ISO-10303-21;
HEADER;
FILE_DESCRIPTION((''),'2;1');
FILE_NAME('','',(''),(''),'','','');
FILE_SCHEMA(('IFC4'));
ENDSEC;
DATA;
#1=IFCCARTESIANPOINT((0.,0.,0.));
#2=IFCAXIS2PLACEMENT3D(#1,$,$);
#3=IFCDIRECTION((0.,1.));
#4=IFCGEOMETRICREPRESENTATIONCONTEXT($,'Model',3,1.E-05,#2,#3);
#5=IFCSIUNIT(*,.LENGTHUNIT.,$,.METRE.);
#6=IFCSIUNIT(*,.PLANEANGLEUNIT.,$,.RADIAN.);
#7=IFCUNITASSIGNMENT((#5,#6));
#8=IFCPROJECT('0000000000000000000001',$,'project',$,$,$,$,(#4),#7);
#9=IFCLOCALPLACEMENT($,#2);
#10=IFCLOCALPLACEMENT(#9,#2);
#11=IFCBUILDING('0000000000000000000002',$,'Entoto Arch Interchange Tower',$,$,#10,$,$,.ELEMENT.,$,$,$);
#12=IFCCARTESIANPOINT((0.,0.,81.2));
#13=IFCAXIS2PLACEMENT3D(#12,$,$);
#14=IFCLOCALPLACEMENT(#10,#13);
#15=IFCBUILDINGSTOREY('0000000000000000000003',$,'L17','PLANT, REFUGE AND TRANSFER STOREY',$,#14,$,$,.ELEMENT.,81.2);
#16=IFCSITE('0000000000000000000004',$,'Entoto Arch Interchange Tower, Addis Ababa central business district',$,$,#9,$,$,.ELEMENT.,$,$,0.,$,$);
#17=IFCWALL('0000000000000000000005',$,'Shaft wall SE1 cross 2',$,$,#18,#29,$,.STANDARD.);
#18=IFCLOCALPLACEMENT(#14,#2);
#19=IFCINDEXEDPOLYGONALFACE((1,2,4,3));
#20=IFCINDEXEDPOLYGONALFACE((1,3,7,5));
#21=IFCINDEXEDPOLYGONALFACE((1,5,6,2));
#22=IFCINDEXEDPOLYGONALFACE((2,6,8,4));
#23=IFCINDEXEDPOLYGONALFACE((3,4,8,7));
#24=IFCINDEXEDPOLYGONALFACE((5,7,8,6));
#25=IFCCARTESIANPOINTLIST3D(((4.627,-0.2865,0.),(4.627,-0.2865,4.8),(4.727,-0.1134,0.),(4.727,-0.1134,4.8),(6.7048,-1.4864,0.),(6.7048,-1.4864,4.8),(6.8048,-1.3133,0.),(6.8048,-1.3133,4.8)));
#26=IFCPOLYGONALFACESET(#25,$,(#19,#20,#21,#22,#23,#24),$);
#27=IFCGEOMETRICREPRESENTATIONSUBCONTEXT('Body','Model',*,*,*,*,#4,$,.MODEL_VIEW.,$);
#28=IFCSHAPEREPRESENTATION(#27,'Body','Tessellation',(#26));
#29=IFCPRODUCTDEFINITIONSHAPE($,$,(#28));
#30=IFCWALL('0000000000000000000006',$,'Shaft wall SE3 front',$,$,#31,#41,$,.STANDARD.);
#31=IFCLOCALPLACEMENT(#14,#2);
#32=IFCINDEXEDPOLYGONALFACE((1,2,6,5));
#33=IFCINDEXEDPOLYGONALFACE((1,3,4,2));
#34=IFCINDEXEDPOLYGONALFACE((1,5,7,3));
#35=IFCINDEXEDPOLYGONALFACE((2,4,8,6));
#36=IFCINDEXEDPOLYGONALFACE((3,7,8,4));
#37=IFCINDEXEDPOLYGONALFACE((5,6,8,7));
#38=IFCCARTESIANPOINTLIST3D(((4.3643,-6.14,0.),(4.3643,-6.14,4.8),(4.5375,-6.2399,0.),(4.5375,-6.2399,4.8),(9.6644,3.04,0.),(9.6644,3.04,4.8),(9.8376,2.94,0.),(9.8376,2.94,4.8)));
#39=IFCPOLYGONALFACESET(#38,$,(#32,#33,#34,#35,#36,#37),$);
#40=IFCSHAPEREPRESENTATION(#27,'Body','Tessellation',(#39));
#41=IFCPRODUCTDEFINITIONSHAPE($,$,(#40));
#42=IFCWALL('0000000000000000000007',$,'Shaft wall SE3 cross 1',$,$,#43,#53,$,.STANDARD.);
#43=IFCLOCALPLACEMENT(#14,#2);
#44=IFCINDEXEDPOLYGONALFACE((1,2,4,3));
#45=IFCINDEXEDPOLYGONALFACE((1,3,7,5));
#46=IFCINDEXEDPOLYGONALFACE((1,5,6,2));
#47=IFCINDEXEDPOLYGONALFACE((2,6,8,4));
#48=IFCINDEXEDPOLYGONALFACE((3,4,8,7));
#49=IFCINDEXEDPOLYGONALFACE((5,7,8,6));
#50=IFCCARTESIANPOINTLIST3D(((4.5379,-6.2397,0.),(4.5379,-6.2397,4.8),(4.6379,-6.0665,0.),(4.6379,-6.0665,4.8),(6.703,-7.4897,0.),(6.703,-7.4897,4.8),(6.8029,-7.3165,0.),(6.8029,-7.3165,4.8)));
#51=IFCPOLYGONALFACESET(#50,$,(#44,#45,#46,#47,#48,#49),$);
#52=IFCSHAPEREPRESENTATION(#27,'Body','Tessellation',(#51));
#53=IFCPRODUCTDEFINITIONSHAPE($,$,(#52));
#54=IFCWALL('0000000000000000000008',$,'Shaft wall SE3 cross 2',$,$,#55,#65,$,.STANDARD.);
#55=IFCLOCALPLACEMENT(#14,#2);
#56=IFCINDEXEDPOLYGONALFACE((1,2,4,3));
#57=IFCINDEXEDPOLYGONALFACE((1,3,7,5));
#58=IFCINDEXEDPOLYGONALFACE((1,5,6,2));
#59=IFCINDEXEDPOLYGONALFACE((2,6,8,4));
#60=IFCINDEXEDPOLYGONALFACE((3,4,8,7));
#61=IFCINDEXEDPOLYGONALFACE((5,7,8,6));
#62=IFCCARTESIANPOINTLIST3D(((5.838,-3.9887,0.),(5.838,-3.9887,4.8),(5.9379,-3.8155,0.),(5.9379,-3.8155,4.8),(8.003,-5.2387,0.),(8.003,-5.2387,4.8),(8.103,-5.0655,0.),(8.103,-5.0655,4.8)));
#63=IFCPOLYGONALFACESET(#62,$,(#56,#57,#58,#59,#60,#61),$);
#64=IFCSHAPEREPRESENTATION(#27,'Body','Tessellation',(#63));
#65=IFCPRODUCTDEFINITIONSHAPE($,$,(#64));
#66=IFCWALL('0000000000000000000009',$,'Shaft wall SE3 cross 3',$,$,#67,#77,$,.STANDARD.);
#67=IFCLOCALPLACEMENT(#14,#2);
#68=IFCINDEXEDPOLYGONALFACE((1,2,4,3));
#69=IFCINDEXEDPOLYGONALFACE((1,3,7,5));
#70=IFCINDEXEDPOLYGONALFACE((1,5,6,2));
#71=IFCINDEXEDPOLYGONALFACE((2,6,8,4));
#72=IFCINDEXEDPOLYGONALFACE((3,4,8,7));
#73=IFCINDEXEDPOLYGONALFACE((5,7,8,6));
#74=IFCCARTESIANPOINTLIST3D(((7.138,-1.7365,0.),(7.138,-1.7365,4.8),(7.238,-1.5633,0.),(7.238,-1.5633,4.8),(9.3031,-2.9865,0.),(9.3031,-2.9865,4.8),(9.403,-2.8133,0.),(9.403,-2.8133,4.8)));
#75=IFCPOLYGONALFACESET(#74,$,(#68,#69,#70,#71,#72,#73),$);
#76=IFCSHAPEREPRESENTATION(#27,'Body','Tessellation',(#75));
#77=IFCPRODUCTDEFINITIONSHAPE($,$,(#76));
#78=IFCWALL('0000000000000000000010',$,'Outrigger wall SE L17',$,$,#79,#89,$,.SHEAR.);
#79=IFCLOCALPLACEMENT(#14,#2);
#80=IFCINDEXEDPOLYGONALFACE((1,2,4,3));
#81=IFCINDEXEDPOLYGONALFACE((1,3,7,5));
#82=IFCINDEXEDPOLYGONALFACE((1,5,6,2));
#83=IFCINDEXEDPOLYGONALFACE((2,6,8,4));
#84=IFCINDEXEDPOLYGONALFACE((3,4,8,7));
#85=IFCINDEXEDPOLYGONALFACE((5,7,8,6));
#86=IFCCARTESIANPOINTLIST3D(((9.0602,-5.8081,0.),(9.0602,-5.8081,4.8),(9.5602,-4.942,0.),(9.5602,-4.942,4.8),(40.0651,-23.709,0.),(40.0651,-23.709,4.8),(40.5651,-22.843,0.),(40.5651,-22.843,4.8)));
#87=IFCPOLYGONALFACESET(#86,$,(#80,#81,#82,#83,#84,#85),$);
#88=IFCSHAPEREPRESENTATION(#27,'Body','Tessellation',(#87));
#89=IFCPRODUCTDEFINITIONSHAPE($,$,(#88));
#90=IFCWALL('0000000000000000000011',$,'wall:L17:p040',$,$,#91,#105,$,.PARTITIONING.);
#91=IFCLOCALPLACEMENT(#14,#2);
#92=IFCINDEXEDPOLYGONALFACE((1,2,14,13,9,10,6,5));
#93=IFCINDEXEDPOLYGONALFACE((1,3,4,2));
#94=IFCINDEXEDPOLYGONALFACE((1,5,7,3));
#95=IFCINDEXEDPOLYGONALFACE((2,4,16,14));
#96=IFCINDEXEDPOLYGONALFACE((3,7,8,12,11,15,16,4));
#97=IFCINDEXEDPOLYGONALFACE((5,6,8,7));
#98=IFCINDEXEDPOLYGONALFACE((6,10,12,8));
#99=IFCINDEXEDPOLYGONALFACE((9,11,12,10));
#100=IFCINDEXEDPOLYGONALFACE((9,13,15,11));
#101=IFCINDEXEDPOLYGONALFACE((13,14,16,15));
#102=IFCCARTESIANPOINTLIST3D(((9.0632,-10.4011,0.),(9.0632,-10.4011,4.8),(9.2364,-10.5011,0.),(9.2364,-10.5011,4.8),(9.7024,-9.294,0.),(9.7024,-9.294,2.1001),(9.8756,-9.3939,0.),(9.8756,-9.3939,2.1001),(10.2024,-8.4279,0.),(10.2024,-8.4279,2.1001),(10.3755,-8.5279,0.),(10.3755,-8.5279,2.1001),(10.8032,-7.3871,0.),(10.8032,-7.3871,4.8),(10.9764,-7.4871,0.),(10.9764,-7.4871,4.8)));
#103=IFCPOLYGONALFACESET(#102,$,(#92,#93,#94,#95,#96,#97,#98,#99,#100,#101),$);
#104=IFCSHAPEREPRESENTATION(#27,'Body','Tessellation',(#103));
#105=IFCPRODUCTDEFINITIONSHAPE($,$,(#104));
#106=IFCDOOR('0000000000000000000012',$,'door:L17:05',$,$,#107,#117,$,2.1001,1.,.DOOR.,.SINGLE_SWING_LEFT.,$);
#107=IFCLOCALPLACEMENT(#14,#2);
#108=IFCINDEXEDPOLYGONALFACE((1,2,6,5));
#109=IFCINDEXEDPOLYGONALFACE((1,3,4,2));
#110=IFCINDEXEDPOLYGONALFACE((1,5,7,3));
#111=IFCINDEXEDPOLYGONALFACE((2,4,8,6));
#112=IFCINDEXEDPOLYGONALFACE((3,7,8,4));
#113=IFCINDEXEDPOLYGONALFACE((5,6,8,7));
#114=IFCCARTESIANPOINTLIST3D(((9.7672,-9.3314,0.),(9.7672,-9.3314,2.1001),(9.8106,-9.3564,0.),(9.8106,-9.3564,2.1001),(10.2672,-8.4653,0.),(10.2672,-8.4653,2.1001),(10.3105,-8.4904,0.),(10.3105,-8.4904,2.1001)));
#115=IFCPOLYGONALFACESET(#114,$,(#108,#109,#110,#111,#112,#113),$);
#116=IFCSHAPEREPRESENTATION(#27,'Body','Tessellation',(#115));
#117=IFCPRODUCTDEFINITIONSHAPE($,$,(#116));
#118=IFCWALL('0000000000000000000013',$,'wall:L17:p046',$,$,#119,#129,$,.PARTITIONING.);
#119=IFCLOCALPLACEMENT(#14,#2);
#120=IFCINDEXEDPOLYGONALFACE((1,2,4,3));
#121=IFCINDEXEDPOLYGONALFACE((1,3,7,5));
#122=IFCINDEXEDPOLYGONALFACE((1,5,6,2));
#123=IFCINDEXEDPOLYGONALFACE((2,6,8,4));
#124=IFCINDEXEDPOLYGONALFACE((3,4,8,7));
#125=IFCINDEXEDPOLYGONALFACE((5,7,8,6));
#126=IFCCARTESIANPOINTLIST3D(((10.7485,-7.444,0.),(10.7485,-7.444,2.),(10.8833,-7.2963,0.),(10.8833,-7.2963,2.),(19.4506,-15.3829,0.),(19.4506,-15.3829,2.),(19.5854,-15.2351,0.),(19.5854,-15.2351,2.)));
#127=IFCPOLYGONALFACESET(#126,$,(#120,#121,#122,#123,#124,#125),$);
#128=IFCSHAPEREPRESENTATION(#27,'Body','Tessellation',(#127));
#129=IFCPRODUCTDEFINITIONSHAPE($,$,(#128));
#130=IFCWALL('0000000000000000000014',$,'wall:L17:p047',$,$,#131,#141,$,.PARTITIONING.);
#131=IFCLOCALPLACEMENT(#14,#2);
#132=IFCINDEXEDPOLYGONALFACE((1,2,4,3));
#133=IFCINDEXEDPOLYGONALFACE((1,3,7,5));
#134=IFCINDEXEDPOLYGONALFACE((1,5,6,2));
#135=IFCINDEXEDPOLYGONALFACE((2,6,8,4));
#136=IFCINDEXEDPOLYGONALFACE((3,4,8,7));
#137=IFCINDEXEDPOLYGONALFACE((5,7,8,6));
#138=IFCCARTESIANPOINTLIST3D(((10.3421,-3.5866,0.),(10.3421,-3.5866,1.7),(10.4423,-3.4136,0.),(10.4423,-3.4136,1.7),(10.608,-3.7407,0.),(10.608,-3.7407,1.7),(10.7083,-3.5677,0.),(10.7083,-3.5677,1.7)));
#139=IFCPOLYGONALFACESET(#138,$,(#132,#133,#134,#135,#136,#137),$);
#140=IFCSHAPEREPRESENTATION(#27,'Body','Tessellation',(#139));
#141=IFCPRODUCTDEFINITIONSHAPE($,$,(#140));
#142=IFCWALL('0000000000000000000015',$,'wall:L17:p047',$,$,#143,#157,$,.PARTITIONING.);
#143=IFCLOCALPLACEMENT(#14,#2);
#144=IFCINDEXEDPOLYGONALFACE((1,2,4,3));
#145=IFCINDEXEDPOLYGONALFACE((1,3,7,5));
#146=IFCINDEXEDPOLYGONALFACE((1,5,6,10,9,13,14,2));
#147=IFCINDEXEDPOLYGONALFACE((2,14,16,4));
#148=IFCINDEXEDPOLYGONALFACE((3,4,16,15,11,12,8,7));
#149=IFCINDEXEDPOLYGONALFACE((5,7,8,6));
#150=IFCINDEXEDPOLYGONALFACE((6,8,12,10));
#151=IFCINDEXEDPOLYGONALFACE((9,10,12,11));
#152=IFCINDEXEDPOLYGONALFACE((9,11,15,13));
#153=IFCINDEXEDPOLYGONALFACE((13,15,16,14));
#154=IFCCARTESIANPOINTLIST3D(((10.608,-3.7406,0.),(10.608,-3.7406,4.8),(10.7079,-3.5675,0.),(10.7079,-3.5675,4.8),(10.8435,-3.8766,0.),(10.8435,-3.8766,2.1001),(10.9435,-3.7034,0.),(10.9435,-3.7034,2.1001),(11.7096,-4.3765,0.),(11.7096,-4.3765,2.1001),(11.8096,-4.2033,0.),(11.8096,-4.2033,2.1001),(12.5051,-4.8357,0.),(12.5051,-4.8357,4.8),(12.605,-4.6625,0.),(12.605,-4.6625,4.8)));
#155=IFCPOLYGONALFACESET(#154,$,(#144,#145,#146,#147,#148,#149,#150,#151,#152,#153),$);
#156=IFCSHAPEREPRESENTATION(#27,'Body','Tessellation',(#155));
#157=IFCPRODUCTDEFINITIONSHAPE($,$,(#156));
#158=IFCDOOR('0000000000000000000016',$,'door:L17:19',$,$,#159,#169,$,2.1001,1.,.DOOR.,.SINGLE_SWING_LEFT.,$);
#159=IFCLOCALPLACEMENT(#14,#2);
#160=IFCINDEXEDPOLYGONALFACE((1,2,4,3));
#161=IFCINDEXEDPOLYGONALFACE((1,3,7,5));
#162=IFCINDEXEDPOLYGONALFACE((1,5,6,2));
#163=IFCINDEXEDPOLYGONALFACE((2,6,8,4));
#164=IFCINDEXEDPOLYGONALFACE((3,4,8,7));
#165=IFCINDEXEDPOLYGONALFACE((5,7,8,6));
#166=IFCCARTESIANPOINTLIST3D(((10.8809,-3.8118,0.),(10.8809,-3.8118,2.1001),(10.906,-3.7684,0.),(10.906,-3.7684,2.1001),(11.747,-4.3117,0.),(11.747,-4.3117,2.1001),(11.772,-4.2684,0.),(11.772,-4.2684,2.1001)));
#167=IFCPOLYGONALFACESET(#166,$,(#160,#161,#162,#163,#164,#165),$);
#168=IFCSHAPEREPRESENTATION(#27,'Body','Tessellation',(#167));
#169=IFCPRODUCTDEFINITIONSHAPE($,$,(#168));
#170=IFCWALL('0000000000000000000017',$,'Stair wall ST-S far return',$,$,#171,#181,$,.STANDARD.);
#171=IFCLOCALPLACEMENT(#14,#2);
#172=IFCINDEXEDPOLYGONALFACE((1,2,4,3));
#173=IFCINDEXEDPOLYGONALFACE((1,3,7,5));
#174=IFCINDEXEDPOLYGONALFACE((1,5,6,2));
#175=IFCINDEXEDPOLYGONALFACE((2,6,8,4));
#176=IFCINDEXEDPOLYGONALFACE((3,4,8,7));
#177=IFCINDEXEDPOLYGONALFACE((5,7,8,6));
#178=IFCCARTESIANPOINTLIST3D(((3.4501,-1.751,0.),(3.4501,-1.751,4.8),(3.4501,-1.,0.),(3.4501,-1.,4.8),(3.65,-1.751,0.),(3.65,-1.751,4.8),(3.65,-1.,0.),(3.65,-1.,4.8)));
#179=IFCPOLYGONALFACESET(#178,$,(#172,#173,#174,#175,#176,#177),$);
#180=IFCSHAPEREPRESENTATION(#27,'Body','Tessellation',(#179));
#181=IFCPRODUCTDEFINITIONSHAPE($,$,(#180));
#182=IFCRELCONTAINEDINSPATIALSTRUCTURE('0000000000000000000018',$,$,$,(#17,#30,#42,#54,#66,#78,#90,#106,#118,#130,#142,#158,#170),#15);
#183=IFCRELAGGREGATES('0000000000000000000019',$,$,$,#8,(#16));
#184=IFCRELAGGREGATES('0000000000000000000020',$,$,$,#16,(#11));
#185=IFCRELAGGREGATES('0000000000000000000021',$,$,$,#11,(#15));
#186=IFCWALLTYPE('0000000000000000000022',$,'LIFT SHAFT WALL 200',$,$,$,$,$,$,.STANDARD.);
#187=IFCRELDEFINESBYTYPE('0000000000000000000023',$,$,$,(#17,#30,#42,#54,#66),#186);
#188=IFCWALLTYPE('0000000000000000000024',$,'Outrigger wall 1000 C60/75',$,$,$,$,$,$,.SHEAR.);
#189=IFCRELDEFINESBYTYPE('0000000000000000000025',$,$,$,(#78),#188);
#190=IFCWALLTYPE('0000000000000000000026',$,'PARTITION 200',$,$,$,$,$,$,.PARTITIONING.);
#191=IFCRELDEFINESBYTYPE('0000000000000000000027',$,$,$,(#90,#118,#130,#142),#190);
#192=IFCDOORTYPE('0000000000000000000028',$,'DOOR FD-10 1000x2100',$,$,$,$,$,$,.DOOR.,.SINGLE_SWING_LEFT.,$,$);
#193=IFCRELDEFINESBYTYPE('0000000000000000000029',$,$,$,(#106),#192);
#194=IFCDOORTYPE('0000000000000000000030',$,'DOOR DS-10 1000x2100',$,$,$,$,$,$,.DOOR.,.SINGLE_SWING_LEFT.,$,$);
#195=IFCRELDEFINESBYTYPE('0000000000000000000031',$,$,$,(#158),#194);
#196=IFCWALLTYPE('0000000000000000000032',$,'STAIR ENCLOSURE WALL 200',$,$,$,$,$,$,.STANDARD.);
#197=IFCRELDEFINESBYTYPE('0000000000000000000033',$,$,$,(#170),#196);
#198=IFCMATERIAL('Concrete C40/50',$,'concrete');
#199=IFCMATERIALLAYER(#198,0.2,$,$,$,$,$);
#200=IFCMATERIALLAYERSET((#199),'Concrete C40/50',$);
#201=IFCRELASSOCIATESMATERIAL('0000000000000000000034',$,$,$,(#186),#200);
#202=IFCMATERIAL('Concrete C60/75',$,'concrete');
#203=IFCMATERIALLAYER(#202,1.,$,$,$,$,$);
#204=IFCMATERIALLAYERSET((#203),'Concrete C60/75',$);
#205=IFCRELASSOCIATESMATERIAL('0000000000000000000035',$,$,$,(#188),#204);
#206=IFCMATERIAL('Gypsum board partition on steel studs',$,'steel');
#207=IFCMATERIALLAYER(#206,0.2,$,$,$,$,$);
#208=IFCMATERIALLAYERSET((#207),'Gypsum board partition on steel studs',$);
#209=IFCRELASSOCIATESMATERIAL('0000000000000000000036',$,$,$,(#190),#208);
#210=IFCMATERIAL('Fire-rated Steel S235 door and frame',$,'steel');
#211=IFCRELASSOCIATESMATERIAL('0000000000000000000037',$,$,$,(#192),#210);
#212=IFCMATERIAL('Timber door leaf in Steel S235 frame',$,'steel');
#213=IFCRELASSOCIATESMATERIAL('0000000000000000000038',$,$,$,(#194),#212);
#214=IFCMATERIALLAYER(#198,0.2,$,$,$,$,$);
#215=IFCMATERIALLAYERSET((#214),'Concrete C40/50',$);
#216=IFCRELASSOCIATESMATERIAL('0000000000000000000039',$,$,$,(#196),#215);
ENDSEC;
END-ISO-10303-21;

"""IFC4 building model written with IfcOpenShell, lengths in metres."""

from ifc_helpers import new_model, si_unit, direction, frame, frame_2d, origin, place, context, subcontext, project, spatial, rectangle, extrude, material, layer, layer_set, type_object, element, fill, save


model = new_model("IFC4")

# Units and contexts
model_context = context("Model", 3, precision=1e-05, world=origin(), true_north=direction((0.0, 1.0)))
body_context = subcontext(model_context, "Body", "Model", "MODEL_VIEW")
ifc_project = project(units=[si_unit("LENGTHUNIT", "METRE"), si_unit("PLANEANGLEUNIT", "RADIAN")], contexts=[model_context])

# Site, building, storey
site_placement = place(None, origin())
site = spatial("IfcSite", under=ifc_project, at=site_placement, Name="Entoto Arch Interchange Tower, Addis Ababa central business district", CompositionType="ELEMENT", RefElevation=0.0)
building_placement = place(site_placement, origin())
building = spatial("IfcBuilding", under=site, at=building_placement, Name="Entoto Arch Interchange Tower", CompositionType="ELEMENT")
storey_placement = place(building_placement, frame((0.0, 0.0, 81.2)))
storey = spatial("IfcBuildingStorey", under=building, at=storey_placement, Name="L17", Description="PLANT, REFUGE AND TRANSFER STOREY", CompositionType="ELEMENT", Elevation=81.2)

# Shared definitions
ifc_material_1 = material(Name="Concrete C60/75", Category="concrete")

# Shared definitions
ifc_material_2 = material(Name="Concrete C40/50", Category="concrete")

# Walls
ifc_layer_1 = layer(ifc_material_2, 0.2)
ifc_layer_set_1 = layer_set([ifc_layer_1], Name="Concrete C40/50")
wall_type_1 = type_object("IfcWallType", Name="LIFT SHAFT WALL 200", PredefinedType="STANDARD", material=ifc_layer_set_1)
wall_1_placement = place(storey_placement, frame((4.677, -0.2, 0.0), z_axis=(0.0, 0.0, 1.0), x_axis=(0.865974, -0.500089, 0.0)))
element("IfcWall", 1, at=wall_1_placement, inside=storey, type_object=wall_type_1, Name="Shaft wall SE1 cross 2", PredefinedType="STANDARD", context=body_context, shape_type="SweptSolid", body=[
    extrude(rectangle(XDim=2.3994, YDim=0.2, at=frame_2d((1.1997, 0.0))), origin(), (0.0, 0.0, 1.0), 4.8),
])
wall_2_placement = place(storey_placement, frame((4.4509, -6.1899, 0.0), z_axis=(0.0, 0.0, 1.0), x_axis=(0.500001, 0.866025, 0.0)))
element("IfcWall", 2, at=wall_2_placement, inside=storey, type_object=wall_type_1, Name="Shaft wall SE3 front", PredefinedType="STANDARD", context=body_context, shape_type="SweptSolid", body=[
    extrude(rectangle(XDim=10.6001, YDim=0.2, at=frame_2d((5.3, 0.0))), origin(), (0.0, 0.0, 1.0), 4.8),
])
for number, where, z_axis, x_axis, name in (
    (3, (4.5879, -6.1531, 0.0), (0.0, 0.0, 1.0), (0.866023, -0.500004, 0.0), "Shaft wall SE3 cross 1"),
    (4, (5.8879, -3.9021, 0.0), (0.0, 0.0, 1.0), (0.866023, -0.500004, 0.0), "Shaft wall SE3 cross 2"),
    (5, (7.188, -1.6499, 0.0), (0.0, 0.0, 1.0), (0.866023, -0.500004, 0.0), "Shaft wall SE3 cross 3"),
):
    element("IfcWall", number, at=place(storey_placement, frame(where, z_axis=z_axis, x_axis=x_axis)), inside=storey, type_object=wall_type_1, Name=name, PredefinedType="STANDARD", context=body_context, shape_type="SweptSolid", body=[
        extrude(rectangle(XDim=2.5, YDim=0.2, at=frame_2d((1.25, 0.0))), origin(), (0.0, 0.0, 1.0), 4.8),
    ])
ifc_layer_2 = layer(ifc_material_1, 1.0)
ifc_layer_set_2 = layer_set([ifc_layer_2], Name="Concrete C60/75")
wall_type_2 = type_object("IfcWallType", Name="Outrigger wall 1000 C60/75", PredefinedType="SHEAR", material=ifc_layer_set_2)
wall_3_placement = place(storey_placement, frame((9.3101, -5.375, 0.0), z_axis=(0.0, 0.0, 1.0), x_axis=(0.866023, -0.500004, 0.0)))
element("IfcWall", 6, at=wall_3_placement, inside=storey, type_object=wall_type_2, Name="Outrigger wall SE L17", PredefinedType="SHEAR", context=body_context, shape_type="SweptSolid", body=[
    extrude(rectangle(XDim=35.8015, YDim=1.0, at=frame_2d((17.9009, 0.0))), origin(), (0.0, 0.0, 1.0), 4.8),
])

# Wall, opening, door
ifc_material_3 = material(Name="Gypsum board partition on steel studs", Category="steel")
ifc_layer_3 = layer(ifc_material_3, 0.2)
ifc_layer_set_3 = layer_set([ifc_layer_3], Name="Gypsum board partition on steel studs")
wall_type_3 = type_object("IfcWallType", Name="PARTITION 200", PredefinedType="PARTITIONING", material=ifc_layer_set_3)
wall_4_placement = place(storey_placement, frame((10.8899, -7.437, 0.0), z_axis=(0.0, 0.0, 1.0), x_axis=(-0.49998, -0.866037, 0.0)))
wall_4 = element("IfcWall", 7, at=wall_4_placement, inside=storey, type_object=wall_type_3, Name="wall:L17:p040", PredefinedType="PARTITIONING", context=body_context, shape_type="SweptSolid", body=[
    extrude(rectangle(XDim=3.4802, YDim=0.2, at=frame_2d((1.7402, 0.0))), origin(), (0.0, 0.0, 1.0), 4.8),
])
opening_1_placement = place(wall_4_placement, frame((1.2019, 0.0, 0.0)))
opening_1 = element("IfcOpeningElement", 8, at=opening_1_placement, cuts=wall_4, PredefinedType="OPENING", context=body_context, shape_type="SweptSolid", body=[
    extrude(rectangle(XDim=1.0, YDim=2.1001, at=frame_2d((0.5, 1.05))), frame((0.0, 0.1099, 0.0), z_axis=(0.0, -1.0, 0.0), x_axis=(1.0, 0.0, 0.0)), (0.0, 0.0, 1.0), 0.22),
])
ifc_material_4 = material(Name="Fire-rated Steel S235 door and frame", Category="steel")
door_type_1 = type_object("IfcDoorType", Name="DOOR FD-10 1000x2100", OperationType="SINGLE_SWING_LEFT", PredefinedType="DOOR", material=ifc_material_4)
door_1_placement = place(opening_1_placement, origin())
door_1 = element("IfcDoor", 9, at=door_1_placement, inside=storey, type_object=door_type_1, Name="door:L17:05", OperationType="SINGLE_SWING_LEFT", OverallHeight=2.1001, OverallWidth=1.0, PredefinedType="DOOR", context=body_context, shape_type="SweptSolid", body=[
    extrude(rectangle(XDim=1.0, YDim=2.1001, at=frame_2d((0.5, 1.05))), frame((0.0, 0.0249, 0.0), z_axis=(0.0, -1.0, 0.0), x_axis=(1.0, 0.0, 0.0)), (0.0, 0.0, 1.0), 0.05),
])
fill(opening_1, door_1)

# Walls
wall_5_placement = place(storey_placement, frame((10.8159, -7.3701, 0.0), z_axis=(0.0, 0.0, 1.0), x_axis=(0.738759, -0.67397, 0.0)))
element("IfcWall", 10, at=wall_5_placement, inside=storey, type_object=wall_type_3, Name="wall:L17:p046", PredefinedType="PARTITIONING", context=body_context, shape_type="SweptSolid", body=[
    extrude(rectangle(XDim=11.7793, YDim=0.2, at=frame_2d((5.8896, 0.0))), origin(), (0.0, 0.0, 1.0), 2.0),
])
wall_6_placement = place(storey_placement, frame((10.3921, -3.5, 0.0), z_axis=(0.0, 0.0, 1.0), x_axis=(0.865245, -0.501349, 0.0)))
element("IfcWall", 11, at=wall_6_placement, inside=storey, type_object=wall_type_3, Name="wall:L17:p047", PredefinedType="PARTITIONING", context=body_context, shape_type="SweptSolid", body=[
    extrude(rectangle(XDim=0.3074, YDim=0.2, at=frame_2d((0.1538, 0.0))), origin(), (0.0, 0.0, 1.0), 1.7),
])

# Wall, opening, door
wall_7_placement = place(storey_placement, frame((10.658, -3.6541, 0.0), z_axis=(0.0, 0.0, 1.0), x_axis=(0.866074, -0.499915, 0.0)))
wall_7 = element("IfcWall", 12, at=wall_7_placement, inside=storey, type_object=wall_type_3, Name="wall:L17:p047", PredefinedType="PARTITIONING", context=body_context, shape_type="SweptSolid", body=[
    extrude(rectangle(XDim=2.1904, YDim=0.2, at=frame_2d((1.0952, 0.0))), origin(), (0.0, 0.0, 1.0), 4.8),
])
opening_2_placement = place(wall_7_placement, frame((0.272, 0.0, 0.0)))
opening_2 = element("IfcOpeningElement", 13, at=opening_2_placement, cuts=wall_7, PredefinedType="OPENING", context=body_context, shape_type="SweptSolid", body=[
    extrude(rectangle(XDim=1.0, YDim=2.1001, at=frame_2d((0.5, 1.05))), frame((0.0, 0.1099, 0.0), z_axis=(0.0, -1.0, 0.0), x_axis=(1.0, 0.0, 0.0)), (0.0, 0.0, 1.0), 0.22),
])
ifc_material_5 = material(Name="Timber door leaf in Steel S235 frame", Category="steel")
door_type_2 = type_object("IfcDoorType", Name="DOOR DS-10 1000x2100", OperationType="SINGLE_SWING_LEFT", PredefinedType="DOOR", material=ifc_material_5)
door_2_placement = place(opening_2_placement, origin())
door_2 = element("IfcDoor", 14, at=door_2_placement, inside=storey, type_object=door_type_2, Name="door:L17:19", OperationType="SINGLE_SWING_LEFT", OverallHeight=2.1001, OverallWidth=1.0, PredefinedType="DOOR", context=body_context, shape_type="SweptSolid", body=[
    extrude(rectangle(XDim=1.0, YDim=2.1001, at=frame_2d((0.5, 1.05))), frame((0.0, 0.0249, 0.0), z_axis=(0.0, -1.0, 0.0), x_axis=(1.0, 0.0, 0.0)), (0.0, 0.0, 1.0), 0.05),
])
fill(opening_2, door_2)

# Wall
ifc_layer_4 = layer(ifc_material_2, 0.2)
ifc_layer_set_4 = layer_set([ifc_layer_4], Name="Concrete C40/50")
wall_type_4 = type_object("IfcWallType", Name="STAIR ENCLOSURE WALL 200", PredefinedType="STANDARD", material=ifc_layer_set_4)
wall_8_placement = place(storey_placement, frame((3.55, -1.0, 0.0), z_axis=(0.0, 0.0, 1.0), x_axis=(0.0, -1.0, 0.0)))
element("IfcWall", 15, at=wall_8_placement, inside=storey, type_object=wall_type_4, Name="Stair wall ST-S far return", PredefinedType="STANDARD", context=body_context, shape_type="SweptSolid", body=[
    extrude(rectangle(XDim=0.751, YDim=0.2, at=frame_2d((0.3755, 0.0))), origin(), (0.0, 0.0, 1.0), 4.8),
])

save(model, "model.ifc")
